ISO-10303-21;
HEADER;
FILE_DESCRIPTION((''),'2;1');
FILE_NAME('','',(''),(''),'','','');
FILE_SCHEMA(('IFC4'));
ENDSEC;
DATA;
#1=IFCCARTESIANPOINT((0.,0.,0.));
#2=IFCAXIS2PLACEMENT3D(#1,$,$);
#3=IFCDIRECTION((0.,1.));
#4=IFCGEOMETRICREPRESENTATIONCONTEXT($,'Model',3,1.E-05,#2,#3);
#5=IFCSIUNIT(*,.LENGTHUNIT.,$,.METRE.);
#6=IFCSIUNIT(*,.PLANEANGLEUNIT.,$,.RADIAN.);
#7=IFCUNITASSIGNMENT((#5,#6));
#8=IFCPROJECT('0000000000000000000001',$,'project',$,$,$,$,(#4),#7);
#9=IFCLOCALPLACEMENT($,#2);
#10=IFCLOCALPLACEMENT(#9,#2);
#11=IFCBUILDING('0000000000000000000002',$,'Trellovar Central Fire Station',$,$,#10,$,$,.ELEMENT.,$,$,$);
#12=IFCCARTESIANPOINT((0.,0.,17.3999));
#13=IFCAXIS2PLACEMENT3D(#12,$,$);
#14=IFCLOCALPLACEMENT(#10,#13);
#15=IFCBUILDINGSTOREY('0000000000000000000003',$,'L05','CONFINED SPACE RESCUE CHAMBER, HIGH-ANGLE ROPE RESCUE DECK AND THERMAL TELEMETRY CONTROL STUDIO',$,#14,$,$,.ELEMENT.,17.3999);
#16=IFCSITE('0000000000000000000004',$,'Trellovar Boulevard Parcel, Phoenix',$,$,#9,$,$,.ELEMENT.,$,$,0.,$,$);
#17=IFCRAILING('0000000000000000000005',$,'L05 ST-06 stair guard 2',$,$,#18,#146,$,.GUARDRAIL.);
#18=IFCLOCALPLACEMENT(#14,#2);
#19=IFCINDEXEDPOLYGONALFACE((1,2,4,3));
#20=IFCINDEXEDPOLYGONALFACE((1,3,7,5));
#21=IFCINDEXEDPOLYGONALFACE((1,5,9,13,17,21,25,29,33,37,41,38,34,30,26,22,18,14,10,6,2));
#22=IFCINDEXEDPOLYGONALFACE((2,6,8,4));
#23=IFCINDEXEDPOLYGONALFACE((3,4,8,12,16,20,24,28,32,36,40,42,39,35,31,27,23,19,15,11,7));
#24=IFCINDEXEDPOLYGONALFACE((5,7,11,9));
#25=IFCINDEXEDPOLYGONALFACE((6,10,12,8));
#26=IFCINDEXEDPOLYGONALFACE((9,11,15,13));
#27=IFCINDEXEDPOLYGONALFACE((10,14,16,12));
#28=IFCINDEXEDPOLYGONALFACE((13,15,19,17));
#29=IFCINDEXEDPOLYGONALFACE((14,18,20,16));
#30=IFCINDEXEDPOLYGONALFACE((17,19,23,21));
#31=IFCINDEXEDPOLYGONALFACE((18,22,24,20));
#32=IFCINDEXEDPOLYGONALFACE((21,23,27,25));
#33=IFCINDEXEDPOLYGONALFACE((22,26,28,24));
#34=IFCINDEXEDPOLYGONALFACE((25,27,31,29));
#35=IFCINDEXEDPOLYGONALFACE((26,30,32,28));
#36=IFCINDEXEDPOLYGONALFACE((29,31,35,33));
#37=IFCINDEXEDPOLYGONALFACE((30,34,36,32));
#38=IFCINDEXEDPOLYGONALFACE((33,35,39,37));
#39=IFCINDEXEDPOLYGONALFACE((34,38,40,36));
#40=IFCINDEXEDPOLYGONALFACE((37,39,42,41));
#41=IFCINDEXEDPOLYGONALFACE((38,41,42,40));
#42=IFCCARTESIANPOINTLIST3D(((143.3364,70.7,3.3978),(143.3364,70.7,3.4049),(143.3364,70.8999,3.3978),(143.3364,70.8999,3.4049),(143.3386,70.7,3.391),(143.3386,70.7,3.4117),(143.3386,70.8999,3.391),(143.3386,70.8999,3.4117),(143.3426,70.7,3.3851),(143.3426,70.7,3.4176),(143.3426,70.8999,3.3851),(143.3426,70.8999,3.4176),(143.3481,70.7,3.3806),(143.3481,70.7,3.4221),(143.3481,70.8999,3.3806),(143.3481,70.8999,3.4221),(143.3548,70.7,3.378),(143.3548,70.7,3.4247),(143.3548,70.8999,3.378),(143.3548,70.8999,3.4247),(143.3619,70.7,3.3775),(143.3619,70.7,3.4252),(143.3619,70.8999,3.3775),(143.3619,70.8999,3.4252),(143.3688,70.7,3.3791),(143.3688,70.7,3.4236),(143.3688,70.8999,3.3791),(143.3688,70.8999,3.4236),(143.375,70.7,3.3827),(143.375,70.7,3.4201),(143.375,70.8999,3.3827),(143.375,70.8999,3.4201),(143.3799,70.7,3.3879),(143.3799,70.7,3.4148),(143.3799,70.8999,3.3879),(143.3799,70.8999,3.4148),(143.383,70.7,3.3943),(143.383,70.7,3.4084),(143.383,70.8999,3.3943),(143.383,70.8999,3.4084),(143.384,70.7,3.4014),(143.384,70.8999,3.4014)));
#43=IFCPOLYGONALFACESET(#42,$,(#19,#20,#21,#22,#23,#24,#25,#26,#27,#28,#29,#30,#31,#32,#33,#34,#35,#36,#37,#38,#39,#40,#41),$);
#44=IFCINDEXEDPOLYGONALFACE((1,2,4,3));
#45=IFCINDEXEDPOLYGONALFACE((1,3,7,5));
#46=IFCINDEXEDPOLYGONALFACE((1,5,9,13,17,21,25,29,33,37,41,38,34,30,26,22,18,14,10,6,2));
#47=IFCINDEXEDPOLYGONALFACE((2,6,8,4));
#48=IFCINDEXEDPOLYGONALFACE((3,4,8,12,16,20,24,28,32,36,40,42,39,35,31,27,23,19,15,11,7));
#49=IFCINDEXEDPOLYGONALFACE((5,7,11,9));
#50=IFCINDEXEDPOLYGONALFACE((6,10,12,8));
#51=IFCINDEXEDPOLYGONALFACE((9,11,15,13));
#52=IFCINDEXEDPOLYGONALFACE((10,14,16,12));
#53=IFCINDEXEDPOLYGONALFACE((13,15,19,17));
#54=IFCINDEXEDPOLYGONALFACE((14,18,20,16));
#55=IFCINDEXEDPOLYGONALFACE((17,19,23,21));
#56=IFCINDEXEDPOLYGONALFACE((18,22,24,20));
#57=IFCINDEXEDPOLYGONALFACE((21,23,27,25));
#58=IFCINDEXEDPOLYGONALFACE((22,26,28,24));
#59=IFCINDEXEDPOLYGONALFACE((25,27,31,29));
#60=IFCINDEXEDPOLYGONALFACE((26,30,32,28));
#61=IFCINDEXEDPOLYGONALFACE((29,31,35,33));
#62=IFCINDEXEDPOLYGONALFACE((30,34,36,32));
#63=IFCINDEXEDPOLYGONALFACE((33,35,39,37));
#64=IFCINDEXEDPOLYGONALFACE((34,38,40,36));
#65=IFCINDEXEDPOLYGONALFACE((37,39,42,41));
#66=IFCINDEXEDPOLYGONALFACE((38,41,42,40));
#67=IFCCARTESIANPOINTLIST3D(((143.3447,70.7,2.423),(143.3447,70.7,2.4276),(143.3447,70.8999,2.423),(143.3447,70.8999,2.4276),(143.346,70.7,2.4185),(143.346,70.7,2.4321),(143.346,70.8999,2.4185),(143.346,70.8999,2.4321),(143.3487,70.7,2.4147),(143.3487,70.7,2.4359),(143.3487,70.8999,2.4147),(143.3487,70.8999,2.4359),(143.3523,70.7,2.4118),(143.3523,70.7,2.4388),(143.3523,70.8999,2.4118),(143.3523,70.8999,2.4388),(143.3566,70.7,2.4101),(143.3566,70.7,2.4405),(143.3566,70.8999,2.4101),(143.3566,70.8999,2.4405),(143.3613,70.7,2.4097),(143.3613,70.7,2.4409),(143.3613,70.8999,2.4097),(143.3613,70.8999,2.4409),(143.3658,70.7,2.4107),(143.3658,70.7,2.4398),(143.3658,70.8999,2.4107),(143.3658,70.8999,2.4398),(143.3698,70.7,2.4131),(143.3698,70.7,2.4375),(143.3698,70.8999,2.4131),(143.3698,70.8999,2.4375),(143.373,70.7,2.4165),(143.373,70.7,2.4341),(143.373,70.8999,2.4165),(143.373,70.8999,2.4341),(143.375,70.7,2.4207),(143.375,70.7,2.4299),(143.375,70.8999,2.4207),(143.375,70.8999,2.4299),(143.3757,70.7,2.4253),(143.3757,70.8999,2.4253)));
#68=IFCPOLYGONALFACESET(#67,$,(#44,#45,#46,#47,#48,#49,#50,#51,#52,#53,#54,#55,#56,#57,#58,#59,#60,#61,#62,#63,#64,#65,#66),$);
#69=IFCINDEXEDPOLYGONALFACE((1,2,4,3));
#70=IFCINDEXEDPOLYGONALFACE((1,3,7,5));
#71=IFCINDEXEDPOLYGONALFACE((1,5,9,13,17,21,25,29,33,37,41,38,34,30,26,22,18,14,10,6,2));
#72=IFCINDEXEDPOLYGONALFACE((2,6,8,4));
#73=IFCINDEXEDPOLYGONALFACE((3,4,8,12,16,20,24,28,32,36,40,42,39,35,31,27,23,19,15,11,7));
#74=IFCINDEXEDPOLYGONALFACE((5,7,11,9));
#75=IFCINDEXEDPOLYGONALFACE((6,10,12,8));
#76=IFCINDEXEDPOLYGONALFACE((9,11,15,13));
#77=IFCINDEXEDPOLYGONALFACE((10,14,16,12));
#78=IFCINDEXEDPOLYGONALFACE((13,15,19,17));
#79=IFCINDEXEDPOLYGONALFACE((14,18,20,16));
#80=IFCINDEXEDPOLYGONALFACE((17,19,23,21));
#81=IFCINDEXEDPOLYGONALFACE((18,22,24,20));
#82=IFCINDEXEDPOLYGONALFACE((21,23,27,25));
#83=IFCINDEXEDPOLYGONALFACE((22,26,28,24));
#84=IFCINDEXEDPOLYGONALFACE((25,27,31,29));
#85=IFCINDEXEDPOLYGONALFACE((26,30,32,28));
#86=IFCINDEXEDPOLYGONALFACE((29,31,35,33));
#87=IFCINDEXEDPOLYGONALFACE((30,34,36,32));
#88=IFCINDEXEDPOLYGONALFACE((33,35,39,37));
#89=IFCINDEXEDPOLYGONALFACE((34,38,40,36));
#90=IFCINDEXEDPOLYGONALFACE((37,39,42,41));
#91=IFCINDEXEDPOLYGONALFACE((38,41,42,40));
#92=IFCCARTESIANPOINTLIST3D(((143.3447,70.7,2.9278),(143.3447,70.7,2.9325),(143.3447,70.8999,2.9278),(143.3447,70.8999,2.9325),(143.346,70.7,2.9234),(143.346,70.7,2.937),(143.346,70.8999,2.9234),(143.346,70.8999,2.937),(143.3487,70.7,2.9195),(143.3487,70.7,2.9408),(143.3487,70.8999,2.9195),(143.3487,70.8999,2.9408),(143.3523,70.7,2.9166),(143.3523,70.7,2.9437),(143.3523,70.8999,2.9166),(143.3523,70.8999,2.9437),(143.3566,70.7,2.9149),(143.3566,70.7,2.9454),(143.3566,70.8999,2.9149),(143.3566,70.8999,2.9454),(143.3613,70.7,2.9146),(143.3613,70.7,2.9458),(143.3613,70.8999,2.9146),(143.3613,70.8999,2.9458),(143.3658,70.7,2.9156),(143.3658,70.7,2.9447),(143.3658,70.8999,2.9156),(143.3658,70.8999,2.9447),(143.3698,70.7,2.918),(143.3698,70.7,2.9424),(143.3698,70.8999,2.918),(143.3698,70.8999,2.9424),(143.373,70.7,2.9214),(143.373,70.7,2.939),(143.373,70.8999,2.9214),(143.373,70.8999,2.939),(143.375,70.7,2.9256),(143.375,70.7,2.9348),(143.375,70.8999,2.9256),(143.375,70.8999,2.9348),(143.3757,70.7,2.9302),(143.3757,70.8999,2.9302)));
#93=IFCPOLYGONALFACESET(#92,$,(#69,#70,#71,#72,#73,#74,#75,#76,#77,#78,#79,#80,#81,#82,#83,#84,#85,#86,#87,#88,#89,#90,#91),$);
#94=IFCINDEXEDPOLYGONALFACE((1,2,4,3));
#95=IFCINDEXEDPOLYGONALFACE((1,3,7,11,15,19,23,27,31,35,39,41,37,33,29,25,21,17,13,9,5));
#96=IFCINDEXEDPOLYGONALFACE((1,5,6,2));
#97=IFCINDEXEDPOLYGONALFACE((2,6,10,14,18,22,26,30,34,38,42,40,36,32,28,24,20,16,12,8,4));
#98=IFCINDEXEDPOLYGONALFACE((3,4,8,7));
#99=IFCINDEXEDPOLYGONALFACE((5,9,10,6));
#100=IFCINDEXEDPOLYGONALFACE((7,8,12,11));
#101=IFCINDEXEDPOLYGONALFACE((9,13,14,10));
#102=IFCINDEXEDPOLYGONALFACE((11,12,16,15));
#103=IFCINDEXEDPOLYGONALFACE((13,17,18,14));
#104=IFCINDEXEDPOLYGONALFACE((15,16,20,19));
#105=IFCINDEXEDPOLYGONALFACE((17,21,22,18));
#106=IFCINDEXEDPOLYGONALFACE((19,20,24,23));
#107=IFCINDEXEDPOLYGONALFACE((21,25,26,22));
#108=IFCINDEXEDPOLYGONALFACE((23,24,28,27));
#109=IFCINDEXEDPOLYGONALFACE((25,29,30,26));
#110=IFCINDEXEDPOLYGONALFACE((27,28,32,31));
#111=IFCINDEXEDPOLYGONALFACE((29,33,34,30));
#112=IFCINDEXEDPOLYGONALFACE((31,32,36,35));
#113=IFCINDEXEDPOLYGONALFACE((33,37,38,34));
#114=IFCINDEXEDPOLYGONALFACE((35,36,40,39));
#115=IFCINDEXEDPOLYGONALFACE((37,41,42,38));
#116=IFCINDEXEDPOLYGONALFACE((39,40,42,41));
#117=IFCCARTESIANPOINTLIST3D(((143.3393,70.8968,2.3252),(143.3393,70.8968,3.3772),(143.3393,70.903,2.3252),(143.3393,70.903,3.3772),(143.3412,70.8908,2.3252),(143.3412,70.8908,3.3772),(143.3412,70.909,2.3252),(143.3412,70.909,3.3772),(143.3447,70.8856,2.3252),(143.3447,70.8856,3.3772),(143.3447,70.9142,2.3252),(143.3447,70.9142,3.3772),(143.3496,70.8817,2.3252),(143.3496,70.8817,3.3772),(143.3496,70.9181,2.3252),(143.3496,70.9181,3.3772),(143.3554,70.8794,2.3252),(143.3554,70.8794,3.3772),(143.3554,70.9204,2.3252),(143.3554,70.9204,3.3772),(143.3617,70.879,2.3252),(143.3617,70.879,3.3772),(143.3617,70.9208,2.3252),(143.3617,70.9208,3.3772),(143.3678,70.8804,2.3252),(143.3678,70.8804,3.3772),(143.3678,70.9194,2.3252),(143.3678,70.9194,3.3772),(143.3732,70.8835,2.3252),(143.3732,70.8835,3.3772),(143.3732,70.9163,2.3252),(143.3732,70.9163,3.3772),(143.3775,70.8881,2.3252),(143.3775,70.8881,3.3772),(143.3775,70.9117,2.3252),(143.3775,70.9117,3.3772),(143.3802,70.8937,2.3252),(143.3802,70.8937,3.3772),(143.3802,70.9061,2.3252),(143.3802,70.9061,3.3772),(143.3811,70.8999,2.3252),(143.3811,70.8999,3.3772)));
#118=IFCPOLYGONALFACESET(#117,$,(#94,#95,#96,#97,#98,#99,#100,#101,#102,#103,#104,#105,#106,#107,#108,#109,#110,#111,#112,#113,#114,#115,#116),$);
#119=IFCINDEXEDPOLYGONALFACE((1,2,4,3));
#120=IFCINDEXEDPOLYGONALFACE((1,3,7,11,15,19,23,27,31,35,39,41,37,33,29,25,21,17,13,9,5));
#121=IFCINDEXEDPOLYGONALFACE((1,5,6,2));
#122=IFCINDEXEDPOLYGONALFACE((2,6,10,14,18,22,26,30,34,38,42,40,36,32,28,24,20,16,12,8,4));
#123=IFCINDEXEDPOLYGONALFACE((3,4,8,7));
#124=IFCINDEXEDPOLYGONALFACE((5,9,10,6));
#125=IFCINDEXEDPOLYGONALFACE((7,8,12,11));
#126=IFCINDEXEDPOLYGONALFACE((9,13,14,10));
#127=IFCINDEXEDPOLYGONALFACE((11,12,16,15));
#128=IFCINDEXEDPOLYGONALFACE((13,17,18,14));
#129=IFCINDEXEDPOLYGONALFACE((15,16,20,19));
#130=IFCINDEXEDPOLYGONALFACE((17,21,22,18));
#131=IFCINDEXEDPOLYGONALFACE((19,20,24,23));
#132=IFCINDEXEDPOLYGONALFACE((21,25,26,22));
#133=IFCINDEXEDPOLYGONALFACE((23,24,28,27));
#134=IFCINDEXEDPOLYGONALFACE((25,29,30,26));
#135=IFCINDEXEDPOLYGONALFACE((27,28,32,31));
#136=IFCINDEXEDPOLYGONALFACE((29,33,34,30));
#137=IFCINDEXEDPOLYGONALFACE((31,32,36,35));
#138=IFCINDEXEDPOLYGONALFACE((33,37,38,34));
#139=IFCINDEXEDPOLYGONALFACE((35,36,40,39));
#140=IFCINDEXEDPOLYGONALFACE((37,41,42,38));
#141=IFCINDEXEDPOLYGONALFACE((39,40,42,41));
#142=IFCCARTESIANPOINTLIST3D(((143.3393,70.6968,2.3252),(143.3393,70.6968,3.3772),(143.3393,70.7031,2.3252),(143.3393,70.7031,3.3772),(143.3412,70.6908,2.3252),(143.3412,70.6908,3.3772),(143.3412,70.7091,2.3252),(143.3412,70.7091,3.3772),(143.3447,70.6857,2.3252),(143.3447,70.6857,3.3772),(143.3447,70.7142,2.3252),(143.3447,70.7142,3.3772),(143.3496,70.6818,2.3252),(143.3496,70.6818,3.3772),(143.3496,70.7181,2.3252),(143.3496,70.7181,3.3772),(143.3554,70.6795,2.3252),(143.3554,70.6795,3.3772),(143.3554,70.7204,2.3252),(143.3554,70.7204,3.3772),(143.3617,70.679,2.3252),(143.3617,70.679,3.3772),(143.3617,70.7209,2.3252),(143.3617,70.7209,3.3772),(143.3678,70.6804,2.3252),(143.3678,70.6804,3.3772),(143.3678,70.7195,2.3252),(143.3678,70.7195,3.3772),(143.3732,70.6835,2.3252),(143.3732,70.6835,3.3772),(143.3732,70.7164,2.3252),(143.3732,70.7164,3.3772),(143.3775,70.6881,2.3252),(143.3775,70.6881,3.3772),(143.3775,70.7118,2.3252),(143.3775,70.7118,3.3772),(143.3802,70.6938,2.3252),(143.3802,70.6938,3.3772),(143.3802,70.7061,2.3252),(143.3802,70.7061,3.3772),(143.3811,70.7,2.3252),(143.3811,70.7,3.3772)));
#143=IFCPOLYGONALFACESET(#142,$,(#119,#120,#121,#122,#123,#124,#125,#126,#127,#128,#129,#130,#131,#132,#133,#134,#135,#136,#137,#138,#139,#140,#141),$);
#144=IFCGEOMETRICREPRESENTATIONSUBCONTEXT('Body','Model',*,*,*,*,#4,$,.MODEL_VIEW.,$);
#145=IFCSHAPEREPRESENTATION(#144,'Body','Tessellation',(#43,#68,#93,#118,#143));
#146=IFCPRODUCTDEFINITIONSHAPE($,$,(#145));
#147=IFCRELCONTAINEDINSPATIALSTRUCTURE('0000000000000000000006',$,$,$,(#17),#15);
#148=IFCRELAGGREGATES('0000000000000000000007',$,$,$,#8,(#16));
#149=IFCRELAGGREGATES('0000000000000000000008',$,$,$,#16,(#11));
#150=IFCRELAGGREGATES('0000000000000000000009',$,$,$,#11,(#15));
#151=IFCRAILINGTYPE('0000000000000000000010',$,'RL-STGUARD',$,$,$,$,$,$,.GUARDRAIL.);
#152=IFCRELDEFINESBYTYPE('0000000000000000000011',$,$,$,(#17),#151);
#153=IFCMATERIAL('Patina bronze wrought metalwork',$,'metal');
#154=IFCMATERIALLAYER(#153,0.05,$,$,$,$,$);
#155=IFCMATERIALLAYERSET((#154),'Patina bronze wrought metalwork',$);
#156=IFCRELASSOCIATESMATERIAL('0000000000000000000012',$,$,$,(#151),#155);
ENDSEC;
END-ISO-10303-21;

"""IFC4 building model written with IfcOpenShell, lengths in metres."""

from ifc_helpers import new_model, si_unit, direction, frame, origin, origin_2d, place, context, subcontext, project, spatial, circle, extrude, material, layer, layer_set, type_object, element, save


model = new_model("IFC4")

# Units and contexts
model_context = context("Model", 3, precision=1e-05, world=origin(), true_north=direction((0.0, 1.0)))
body_context = subcontext(model_context, "Body", "Model", "MODEL_VIEW")
ifc_project = project(units=[si_unit("LENGTHUNIT", "METRE"), si_unit("PLANEANGLEUNIT", "RADIAN")], contexts=[model_context])

# Site, building, storey
site_placement = place(None, origin())
site = spatial("IfcSite", under=ifc_project, at=site_placement, Name="Trellovar Boulevard Parcel, Phoenix", CompositionType="ELEMENT", RefElevation=0.0)
building_placement = place(site_placement, origin())
building = spatial("IfcBuilding", under=site, at=building_placement, Name="Trellovar Central Fire Station", CompositionType="ELEMENT")
storey_placement = place(building_placement, frame((0.0, 0.0, 17.3999)))
storey = spatial("IfcBuildingStorey", under=building, at=storey_placement, Name="L05", Description="CONFINED SPACE RESCUE CHAMBER, HIGH-ANGLE ROPE RESCUE DECK AND THERMAL TELEMETRY CONTROL STUDIO", CompositionType="ELEMENT", Elevation=17.3999)

# Railing
ifc_material_1 = material(Name="Patina bronze wrought metalwork", Category="metal")
ifc_layer_1 = layer(ifc_material_1, 0.05)
ifc_layer_set_1 = layer_set([ifc_layer_1], Name="Patina bronze wrought metalwork")
railing_type_1 = type_object("IfcRailingType", Name="RL-STGUARD", PredefinedType="GUARDRAIL", material=ifc_layer_set_1)
railing_1_placement = place(storey_placement, frame((143.3601, 70.8999, 2.3252)))
element("IfcRailing", 1, at=railing_1_placement, inside=storey, type_object=railing_type_1, Name="L05 ST-06 stair guard 2", PredefinedType="GUARDRAIL", context=body_context, shape_type="SweptSolid", body=[
    extrude(circle(Radius=0.0239, at=origin_2d()), frame((0.0, 0.0, 1.0762), z_axis=(0.0, -1.0, 0.0), x_axis=(1.0, 0.0, 0.0)), (0.0, 0.0, 1.0), 0.2),
    extrude(circle(Radius=0.0156, at=origin_2d()), frame((0.0, 0.0, 0.1001), z_axis=(0.0, -1.0, 0.0), x_axis=(1.0, 0.0, 0.0)), (0.0, 0.0, 1.0), 0.2),
    extrude(circle(Radius=0.0156, at=origin_2d()), frame((0.0, 0.0, 0.605), z_axis=(0.0, -1.0, 0.0), x_axis=(1.0, 0.0, 0.0)), (0.0, 0.0, 1.0), 0.2),
    extrude(circle(Radius=0.021, at=origin_2d()), origin(), (0.0, 0.0, 1.0), 1.052),
    extrude(circle(Radius=0.021, at=origin_2d()), frame((0.0, -0.2, 0.0)), (0.0, 0.0, 1.0), 1.052),
])

save(model, "model.ifc")
